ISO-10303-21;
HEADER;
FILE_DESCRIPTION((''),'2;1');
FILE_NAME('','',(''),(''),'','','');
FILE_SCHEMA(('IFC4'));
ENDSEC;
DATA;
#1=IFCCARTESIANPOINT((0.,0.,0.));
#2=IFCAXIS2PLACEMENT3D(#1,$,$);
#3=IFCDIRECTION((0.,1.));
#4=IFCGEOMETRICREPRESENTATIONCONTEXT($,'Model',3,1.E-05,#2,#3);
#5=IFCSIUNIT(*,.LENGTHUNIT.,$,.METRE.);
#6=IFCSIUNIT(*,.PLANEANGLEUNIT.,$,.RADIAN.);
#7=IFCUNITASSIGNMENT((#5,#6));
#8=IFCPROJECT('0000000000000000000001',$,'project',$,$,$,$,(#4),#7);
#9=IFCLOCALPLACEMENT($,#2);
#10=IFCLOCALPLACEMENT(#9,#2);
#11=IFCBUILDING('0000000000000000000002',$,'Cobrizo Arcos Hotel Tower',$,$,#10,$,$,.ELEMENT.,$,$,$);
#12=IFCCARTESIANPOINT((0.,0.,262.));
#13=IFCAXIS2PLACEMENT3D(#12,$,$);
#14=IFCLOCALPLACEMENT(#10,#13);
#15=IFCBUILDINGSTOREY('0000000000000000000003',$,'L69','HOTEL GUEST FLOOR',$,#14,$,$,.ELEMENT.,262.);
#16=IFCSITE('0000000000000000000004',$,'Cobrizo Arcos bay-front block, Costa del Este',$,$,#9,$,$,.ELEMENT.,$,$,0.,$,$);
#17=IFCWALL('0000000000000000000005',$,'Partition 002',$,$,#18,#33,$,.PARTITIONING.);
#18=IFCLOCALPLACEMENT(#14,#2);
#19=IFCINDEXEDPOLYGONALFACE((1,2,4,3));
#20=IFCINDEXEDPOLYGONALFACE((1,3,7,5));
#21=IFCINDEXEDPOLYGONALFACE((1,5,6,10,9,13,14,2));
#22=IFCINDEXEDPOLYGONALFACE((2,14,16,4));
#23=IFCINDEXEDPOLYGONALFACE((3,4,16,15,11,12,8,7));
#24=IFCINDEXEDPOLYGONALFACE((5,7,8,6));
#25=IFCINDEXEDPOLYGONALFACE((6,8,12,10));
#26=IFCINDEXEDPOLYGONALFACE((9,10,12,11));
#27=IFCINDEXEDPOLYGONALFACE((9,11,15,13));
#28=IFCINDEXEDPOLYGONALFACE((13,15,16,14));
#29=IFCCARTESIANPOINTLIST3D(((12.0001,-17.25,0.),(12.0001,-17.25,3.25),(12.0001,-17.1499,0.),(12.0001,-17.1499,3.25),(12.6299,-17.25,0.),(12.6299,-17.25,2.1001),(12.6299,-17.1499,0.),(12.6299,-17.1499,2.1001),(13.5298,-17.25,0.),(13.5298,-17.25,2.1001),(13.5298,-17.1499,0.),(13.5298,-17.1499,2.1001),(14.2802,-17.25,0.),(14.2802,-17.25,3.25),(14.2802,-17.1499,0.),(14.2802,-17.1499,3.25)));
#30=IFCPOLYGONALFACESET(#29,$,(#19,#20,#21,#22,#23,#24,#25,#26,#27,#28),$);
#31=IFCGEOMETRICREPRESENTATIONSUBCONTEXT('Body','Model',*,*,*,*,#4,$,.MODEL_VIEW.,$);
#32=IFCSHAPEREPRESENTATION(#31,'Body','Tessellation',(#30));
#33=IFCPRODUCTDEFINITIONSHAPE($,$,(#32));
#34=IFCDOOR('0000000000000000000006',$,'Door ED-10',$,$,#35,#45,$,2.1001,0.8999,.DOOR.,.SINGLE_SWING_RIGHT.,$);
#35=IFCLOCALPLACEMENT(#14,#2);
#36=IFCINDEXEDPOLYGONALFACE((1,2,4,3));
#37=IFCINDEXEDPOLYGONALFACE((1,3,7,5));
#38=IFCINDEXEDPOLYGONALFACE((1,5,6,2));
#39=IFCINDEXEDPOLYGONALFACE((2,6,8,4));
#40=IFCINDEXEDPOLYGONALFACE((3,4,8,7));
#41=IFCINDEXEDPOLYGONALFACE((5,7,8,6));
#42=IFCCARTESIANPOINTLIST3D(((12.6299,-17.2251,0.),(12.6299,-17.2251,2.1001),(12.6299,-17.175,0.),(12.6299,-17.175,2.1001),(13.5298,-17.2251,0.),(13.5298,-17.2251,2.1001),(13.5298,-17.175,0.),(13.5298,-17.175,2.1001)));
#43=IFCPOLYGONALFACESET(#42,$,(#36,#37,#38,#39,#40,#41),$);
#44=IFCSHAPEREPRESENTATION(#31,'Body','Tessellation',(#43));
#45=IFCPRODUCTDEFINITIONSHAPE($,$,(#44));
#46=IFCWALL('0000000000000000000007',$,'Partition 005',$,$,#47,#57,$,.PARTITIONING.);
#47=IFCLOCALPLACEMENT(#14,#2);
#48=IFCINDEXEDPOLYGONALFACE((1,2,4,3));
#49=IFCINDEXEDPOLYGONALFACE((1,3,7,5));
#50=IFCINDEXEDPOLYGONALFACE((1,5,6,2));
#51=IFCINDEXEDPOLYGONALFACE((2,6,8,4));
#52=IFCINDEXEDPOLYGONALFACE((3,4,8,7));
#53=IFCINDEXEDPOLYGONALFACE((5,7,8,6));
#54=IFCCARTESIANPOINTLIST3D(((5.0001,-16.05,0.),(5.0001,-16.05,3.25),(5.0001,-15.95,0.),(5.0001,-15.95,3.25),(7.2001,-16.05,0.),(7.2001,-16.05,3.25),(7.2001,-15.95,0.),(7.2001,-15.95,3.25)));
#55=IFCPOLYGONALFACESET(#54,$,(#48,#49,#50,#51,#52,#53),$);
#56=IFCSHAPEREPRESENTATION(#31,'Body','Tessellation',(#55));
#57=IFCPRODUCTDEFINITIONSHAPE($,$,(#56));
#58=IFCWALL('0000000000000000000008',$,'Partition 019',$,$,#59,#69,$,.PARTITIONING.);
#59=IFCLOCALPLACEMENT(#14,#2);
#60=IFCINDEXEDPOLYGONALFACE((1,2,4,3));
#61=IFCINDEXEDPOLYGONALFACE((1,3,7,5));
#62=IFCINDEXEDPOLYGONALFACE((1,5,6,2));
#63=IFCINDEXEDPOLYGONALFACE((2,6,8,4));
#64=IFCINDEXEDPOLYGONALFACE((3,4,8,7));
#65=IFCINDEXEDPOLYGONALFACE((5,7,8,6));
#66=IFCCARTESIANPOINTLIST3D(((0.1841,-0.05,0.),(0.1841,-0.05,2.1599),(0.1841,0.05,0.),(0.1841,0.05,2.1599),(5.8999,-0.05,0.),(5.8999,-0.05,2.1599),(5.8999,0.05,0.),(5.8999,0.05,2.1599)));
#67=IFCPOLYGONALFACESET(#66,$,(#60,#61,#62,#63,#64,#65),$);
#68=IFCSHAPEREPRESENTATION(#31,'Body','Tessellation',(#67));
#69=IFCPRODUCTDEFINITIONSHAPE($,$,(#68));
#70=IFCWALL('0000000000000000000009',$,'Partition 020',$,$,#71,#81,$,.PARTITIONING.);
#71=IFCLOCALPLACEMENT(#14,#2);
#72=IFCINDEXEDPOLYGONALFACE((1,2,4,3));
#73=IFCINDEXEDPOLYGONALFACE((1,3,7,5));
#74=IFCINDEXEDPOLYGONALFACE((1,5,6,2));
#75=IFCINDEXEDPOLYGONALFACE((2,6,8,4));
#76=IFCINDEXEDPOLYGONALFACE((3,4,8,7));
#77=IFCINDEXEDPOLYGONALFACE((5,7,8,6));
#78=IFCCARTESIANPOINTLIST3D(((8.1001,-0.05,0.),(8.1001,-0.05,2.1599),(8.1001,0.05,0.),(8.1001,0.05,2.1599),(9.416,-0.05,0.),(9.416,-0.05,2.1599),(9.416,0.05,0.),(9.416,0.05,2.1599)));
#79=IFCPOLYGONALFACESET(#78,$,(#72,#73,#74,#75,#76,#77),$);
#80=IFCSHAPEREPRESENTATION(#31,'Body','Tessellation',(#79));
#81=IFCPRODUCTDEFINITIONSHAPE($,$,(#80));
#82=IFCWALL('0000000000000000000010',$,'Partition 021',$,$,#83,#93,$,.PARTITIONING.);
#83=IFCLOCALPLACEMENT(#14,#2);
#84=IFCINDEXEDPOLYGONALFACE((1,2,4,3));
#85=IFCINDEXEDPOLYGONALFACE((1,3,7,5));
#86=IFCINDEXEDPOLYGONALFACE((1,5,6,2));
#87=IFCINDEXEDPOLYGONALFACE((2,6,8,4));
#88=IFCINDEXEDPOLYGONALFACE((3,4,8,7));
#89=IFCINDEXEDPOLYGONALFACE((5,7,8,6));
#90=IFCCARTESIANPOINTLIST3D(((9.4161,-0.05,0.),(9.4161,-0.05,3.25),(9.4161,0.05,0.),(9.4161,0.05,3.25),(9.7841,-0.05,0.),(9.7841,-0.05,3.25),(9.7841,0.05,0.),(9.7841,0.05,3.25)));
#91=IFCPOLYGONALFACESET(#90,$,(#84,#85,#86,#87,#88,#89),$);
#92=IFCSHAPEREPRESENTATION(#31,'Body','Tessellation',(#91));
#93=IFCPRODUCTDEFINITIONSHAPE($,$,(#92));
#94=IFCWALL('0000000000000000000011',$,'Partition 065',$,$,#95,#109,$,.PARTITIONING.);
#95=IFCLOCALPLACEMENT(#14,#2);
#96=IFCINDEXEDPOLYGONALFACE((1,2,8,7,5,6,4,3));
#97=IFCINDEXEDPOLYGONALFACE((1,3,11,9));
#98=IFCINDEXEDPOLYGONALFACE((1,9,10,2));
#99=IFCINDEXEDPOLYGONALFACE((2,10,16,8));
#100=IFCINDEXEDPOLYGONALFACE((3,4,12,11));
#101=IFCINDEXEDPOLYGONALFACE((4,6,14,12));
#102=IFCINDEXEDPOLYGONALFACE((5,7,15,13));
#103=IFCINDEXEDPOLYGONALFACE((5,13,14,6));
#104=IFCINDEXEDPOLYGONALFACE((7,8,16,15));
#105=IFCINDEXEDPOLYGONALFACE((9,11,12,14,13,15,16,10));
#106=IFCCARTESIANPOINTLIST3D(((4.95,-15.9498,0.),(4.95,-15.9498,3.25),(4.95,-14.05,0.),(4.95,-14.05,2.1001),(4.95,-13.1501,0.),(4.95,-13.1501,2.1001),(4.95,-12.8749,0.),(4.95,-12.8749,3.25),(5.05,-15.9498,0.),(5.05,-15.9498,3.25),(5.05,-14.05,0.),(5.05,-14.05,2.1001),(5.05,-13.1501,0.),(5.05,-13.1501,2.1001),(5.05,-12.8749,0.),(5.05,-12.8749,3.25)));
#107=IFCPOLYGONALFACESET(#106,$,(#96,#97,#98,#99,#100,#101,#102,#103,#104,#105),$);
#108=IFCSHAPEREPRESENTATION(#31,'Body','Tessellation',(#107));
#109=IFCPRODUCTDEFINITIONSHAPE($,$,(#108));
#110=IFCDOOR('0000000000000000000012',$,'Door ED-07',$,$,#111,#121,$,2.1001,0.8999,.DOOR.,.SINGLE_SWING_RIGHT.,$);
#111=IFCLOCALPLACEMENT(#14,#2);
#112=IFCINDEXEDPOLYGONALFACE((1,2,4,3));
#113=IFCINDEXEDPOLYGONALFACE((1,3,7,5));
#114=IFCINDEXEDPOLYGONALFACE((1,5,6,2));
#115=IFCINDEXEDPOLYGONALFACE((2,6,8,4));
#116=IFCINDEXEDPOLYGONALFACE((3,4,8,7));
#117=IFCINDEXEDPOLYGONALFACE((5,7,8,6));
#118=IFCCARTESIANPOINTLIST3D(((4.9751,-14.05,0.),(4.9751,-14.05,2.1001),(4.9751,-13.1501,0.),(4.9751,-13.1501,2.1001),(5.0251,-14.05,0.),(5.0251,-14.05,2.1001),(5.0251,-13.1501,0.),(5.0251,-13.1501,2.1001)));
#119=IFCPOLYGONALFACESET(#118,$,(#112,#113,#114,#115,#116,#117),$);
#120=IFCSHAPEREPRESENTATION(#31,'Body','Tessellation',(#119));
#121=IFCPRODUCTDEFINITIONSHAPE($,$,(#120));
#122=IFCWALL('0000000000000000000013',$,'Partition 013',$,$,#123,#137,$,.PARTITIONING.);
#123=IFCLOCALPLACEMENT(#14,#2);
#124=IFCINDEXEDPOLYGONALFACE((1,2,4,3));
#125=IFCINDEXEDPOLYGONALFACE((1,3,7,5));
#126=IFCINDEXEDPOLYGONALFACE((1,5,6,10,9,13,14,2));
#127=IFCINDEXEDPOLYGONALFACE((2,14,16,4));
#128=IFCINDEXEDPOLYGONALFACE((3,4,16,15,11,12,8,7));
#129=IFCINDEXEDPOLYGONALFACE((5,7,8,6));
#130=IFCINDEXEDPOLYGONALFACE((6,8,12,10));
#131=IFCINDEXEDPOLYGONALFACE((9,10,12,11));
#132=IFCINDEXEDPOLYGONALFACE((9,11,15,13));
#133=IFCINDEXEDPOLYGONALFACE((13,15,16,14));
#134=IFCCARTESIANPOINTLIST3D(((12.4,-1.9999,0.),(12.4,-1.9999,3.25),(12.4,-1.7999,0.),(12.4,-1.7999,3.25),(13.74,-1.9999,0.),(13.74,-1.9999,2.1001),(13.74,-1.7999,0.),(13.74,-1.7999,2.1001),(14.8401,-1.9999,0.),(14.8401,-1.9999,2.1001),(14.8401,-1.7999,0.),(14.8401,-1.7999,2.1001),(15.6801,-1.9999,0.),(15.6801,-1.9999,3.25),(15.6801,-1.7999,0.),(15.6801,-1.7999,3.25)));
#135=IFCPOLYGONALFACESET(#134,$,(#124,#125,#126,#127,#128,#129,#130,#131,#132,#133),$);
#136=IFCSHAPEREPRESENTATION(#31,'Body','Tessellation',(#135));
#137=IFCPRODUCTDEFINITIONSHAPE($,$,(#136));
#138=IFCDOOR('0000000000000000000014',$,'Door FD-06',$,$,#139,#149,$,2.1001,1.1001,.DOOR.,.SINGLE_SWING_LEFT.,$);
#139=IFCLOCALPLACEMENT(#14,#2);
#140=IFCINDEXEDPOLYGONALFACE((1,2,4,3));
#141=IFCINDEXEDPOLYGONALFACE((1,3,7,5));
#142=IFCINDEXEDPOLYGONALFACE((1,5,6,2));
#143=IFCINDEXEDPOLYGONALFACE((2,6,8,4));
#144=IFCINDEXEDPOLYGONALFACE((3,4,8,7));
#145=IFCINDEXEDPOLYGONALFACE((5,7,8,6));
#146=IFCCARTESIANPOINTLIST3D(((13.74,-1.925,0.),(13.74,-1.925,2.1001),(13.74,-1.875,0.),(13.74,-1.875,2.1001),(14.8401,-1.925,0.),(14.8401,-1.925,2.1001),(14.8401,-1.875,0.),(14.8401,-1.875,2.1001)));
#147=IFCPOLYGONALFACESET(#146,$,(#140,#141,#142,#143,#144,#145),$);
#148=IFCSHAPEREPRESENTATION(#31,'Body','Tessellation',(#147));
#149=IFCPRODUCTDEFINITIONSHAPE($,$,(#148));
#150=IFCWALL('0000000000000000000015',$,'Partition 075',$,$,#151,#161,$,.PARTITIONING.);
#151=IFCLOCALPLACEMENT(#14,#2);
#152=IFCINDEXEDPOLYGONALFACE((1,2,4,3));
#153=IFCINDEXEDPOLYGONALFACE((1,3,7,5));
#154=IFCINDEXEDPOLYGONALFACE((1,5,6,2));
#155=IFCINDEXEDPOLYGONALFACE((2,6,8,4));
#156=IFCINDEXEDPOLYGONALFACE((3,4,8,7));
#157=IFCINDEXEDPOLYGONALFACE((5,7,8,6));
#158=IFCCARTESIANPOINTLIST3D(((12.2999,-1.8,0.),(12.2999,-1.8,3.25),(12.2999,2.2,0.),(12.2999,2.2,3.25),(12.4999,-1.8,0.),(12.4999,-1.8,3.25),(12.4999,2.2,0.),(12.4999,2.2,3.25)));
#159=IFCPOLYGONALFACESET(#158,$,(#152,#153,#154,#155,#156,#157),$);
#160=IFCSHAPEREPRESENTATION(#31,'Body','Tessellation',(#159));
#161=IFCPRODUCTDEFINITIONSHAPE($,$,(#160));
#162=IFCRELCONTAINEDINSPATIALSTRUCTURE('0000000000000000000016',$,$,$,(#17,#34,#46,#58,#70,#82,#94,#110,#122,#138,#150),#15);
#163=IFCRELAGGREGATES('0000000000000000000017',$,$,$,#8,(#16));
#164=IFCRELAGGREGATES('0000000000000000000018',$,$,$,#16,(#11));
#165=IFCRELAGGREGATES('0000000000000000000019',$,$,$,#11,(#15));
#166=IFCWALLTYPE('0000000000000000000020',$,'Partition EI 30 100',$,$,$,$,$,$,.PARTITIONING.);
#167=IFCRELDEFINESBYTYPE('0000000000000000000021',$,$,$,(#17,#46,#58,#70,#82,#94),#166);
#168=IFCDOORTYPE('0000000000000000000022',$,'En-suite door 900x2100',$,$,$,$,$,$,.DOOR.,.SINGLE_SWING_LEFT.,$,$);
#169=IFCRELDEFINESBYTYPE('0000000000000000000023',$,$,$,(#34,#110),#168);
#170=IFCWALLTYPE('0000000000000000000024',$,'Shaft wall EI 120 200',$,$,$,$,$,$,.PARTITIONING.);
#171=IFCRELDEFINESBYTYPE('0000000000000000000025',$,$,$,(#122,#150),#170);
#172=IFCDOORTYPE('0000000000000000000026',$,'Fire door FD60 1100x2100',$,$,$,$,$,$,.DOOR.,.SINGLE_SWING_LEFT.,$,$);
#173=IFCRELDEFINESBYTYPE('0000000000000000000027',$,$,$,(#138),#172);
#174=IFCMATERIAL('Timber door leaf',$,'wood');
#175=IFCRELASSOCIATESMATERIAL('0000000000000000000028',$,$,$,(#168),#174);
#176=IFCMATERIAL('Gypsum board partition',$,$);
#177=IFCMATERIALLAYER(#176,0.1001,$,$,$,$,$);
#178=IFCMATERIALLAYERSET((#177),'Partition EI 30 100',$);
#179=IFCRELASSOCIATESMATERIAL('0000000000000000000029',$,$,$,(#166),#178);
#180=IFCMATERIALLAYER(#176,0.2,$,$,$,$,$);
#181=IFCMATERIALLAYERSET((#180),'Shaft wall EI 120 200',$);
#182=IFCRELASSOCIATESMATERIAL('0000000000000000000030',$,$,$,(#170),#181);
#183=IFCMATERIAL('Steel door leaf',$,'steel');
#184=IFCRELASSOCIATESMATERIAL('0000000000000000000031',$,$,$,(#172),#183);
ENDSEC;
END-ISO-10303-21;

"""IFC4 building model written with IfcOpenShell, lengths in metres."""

from ifc_helpers import new_model, si_unit, direction, frame, frame_2d, origin, place, context, subcontext, project, spatial, rectangle, extrude, material, layer, layer_set, type_object, element, fill, save


model = new_model("IFC4")

# Units and contexts
model_context = context("Model", 3, precision=1e-05, world=origin(), true_north=direction((0.0, 1.0)))
body_context = subcontext(model_context, "Body", "Model", "MODEL_VIEW")
ifc_project = project(units=[si_unit("LENGTHUNIT", "METRE"), si_unit("PLANEANGLEUNIT", "RADIAN")], contexts=[model_context])

# Site, building, storey
site_placement = place(None, origin())
site = spatial("IfcSite", under=ifc_project, at=site_placement, Name="Cobrizo Arcos bay-front block, Costa del Este", CompositionType="ELEMENT", RefElevation=0.0)
building_placement = place(site_placement, origin())
building = spatial("IfcBuilding", under=site, at=building_placement, Name="Cobrizo Arcos Hotel Tower", CompositionType="ELEMENT")
storey_placement = place(building_placement, frame((0.0, 0.0, 262.0)))
storey = spatial("IfcBuildingStorey", under=building, at=storey_placement, Name="L69", Description="HOTEL GUEST FLOOR", CompositionType="ELEMENT", Elevation=262.0)

# Shared definitions
ifc_material_1 = material(Name="Gypsum board partition")

# Shared definitions
ifc_material_2 = material(Name="Timber door leaf", Category="wood")
door_type_1 = type_object("IfcDoorType", Name="En-suite door 900x2100", OperationType="SINGLE_SWING_LEFT", PredefinedType="DOOR", material=ifc_material_2)

# Wall, opening, door
ifc_layer_1 = layer(ifc_material_1, 0.1001)
ifc_layer_set_1 = layer_set([ifc_layer_1], Name="Partition EI 30 100")
wall_type_1 = type_object("IfcWallType", Name="Partition EI 30 100", PredefinedType="PARTITIONING", material=ifc_layer_set_1)
wall_1_placement = place(storey_placement, frame((12.0, -17.2, 0.0), z_axis=(0.0, 0.0, 1.0), x_axis=(1.0, 0.0, 0.0)))
wall_1 = element("IfcWall", 1, at=wall_1_placement, inside=storey, type_object=wall_type_1, Name="Partition 002", PredefinedType="PARTITIONING", context=body_context, shape_type="SweptSolid", body=[
    extrude(rectangle(XDim=2.28, YDim=0.1001, at=frame_2d((1.1401, 0.0))), origin(), (0.0, 0.0, 1.0), 3.25),
])
opening_1_placement = place(wall_1_placement, frame((0.6299, 0.0, 0.0)))
opening_1 = element("IfcOpeningElement", 2, at=opening_1_placement, cuts=wall_1, PredefinedType="OPENING", context=body_context, shape_type="SweptSolid", body=[
    extrude(rectangle(XDim=0.8999, YDim=2.1001, at=frame_2d((0.45, 1.05))), frame((0.0, 0.062, 0.0), z_axis=(0.0, -1.0, 0.0), x_axis=(1.0, 0.0, 0.0)), (0.0, 0.0, 1.0), 0.124),
])
door_1_placement = place(opening_1_placement, origin())
door_1 = element("IfcDoor", 3, at=door_1_placement, inside=storey, type_object=door_type_1, Name="Door ED-10", OperationType="SINGLE_SWING_RIGHT", OverallHeight=2.1001, OverallWidth=0.8999, PredefinedType="DOOR", context=body_context, shape_type="SweptSolid", body=[
    extrude(rectangle(XDim=0.8999, YDim=2.1001, at=frame_2d((0.45, 1.05))), frame((0.0, 0.0249, 0.0), z_axis=(0.0, -1.0, 0.0), x_axis=(1.0, 0.0, 0.0)), (0.0, 0.0, 1.0), 0.05),
])
fill(opening_1, door_1)

# Walls
wall_2_placement = place(storey_placement, frame((5.0, -16.0, 0.0), z_axis=(0.0, 0.0, 1.0), x_axis=(1.0, 0.0, 0.0)))
element("IfcWall", 4, at=wall_2_placement, inside=storey, type_object=wall_type_1, Name="Partition 005", PredefinedType="PARTITIONING", context=body_context, shape_type="SweptSolid", body=[
    extrude(rectangle(XDim=2.2, YDim=0.1001, at=frame_2d((1.1001, 0.0))), origin(), (0.0, 0.0, 1.0), 3.25),
])
wall_3_placement = place(storey_placement, frame((0.1841, 0.0, 0.0), z_axis=(0.0, 0.0, 1.0), x_axis=(1.0, 0.0, 0.0)))
element("IfcWall", 5, at=wall_3_placement, inside=storey, type_object=wall_type_1, Name="Partition 019", PredefinedType="PARTITIONING", context=body_context, shape_type="SweptSolid", body=[
    extrude(rectangle(XDim=5.7158, YDim=0.1001, at=frame_2d((2.8579, 0.0))), origin(), (0.0, 0.0, 1.0), 2.1599),
])
wall_4_placement = place(storey_placement, frame((8.1001, 0.0, 0.0), z_axis=(0.0, 0.0, 1.0), x_axis=(1.0, 0.0, 0.0)))
element("IfcWall", 6, at=wall_4_placement, inside=storey, type_object=wall_type_1, Name="Partition 020", PredefinedType="PARTITIONING", context=body_context, shape_type="SweptSolid", body=[
    extrude(rectangle(XDim=1.3159, YDim=0.1001, at=frame_2d((0.658, 0.0))), origin(), (0.0, 0.0, 1.0), 2.1599),
])
wall_5_placement = place(storey_placement, frame((9.416, 0.0, 0.0), z_axis=(0.0, 0.0, 1.0), x_axis=(1.0, 0.0, 0.0)))
element("IfcWall", 7, at=wall_5_placement, inside=storey, type_object=wall_type_1, Name="Partition 021", PredefinedType="PARTITIONING", context=body_context, shape_type="SweptSolid", body=[
    extrude(rectangle(XDim=0.3679, YDim=0.1001, at=frame_2d((0.1841, 0.0))), origin(), (0.0, 0.0, 1.0), 3.25),
])

# Walls, openings, doors
wall_6_placement = place(storey_placement, frame((5.0, -15.95, 0.0), z_axis=(0.0, 0.0, 1.0), x_axis=(0.0, 1.0, 0.0)))
wall_6 = element("IfcWall", 8, at=wall_6_placement, inside=storey, type_object=wall_type_1, Name="Partition 065", PredefinedType="PARTITIONING", context=body_context, shape_type="SweptSolid", body=[
    extrude(rectangle(XDim=3.075, YDim=0.1001, at=frame_2d((1.5376, 0.0))), origin(), (0.0, 0.0, 1.0), 3.25),
])
opening_2_placement = place(wall_6_placement, frame((1.8999, 0.0, 0.0)))
opening_2 = element("IfcOpeningElement", 9, at=opening_2_placement, cuts=wall_6, PredefinedType="OPENING", context=body_context, shape_type="SweptSolid", body=[
    extrude(rectangle(XDim=0.8999, YDim=2.1001, at=frame_2d((0.45, 1.05))), frame((0.0, 0.062, 0.0), z_axis=(0.0, -1.0, 0.0), x_axis=(1.0, 0.0, 0.0)), (0.0, 0.0, 1.0), 0.124),
])
door_2_placement = place(opening_2_placement, origin())
door_2 = element("IfcDoor", 10, at=door_2_placement, inside=storey, type_object=door_type_1, Name="Door ED-07", OperationType="SINGLE_SWING_RIGHT", OverallHeight=2.1001, OverallWidth=0.8999, PredefinedType="DOOR", context=body_context, shape_type="SweptSolid", body=[
    extrude(rectangle(XDim=0.8999, YDim=2.1001, at=frame_2d((0.45, 1.05))), frame((0.0, 0.0249, 0.0), z_axis=(0.0, -1.0, 0.0), x_axis=(1.0, 0.0, 0.0)), (0.0, 0.0, 1.0), 0.05),
])
fill(opening_2, door_2)
ifc_layer_2 = layer(ifc_material_1, 0.2)
ifc_layer_set_2 = layer_set([ifc_layer_2], Name="Shaft wall EI 120 200")
wall_type_2 = type_object("IfcWallType", Name="Shaft wall EI 120 200", PredefinedType="PARTITIONING", material=ifc_layer_set_2)
wall_7_placement = place(storey_placement, frame((12.3999, -1.8999, 0.0), z_axis=(0.0, 0.0, 1.0), x_axis=(1.0, 0.0, 0.0)))
wall_7 = element("IfcWall", 11, at=wall_7_placement, inside=storey, type_object=wall_type_2, Name="Partition 013", PredefinedType="PARTITIONING", context=body_context, shape_type="SweptSolid", body=[
    extrude(rectangle(XDim=3.28, YDim=0.2, at=frame_2d((1.6401, 0.0))), origin(), (0.0, 0.0, 1.0), 3.25),
])
opening_3_placement = place(wall_7_placement, frame((1.3401, 0.0, 0.0)))
opening_3 = element("IfcOpeningElement", 12, at=opening_3_placement, cuts=wall_7, PredefinedType="OPENING", context=body_context, shape_type="SweptSolid", body=[
    extrude(rectangle(XDim=1.1001, YDim=2.1001, at=frame_2d((0.55, 1.05))), frame((0.0, 0.1121, 0.0), z_axis=(0.0, -1.0, 0.0), x_axis=(1.0, 0.0, 0.0)), (0.0, 0.0, 1.0), 0.2239),
])
ifc_material_3 = material(Name="Steel door leaf", Category="steel")
door_type_2 = type_object("IfcDoorType", Name="Fire door FD60 1100x2100", OperationType="SINGLE_SWING_LEFT", PredefinedType="DOOR", material=ifc_material_3)
door_3_placement = place(opening_3_placement, origin())
door_3 = element("IfcDoor", 13, at=door_3_placement, inside=storey, type_object=door_type_2, Name="Door FD-06", OperationType="SINGLE_SWING_LEFT", OverallHeight=2.1001, OverallWidth=1.1001, PredefinedType="DOOR", context=body_context, shape_type="SweptSolid", body=[
    extrude(rectangle(XDim=1.1001, YDim=2.1001, at=frame_2d((0.55, 1.05))), frame((0.0, 0.0249, 0.0), z_axis=(0.0, -1.0, 0.0), x_axis=(1.0, 0.0, 0.0)), (0.0, 0.0, 1.0), 0.05),
])
fill(opening_3, door_3)

# Wall
wall_8_placement = place(storey_placement, frame((12.3999, -1.8, 0.0), z_axis=(0.0, 0.0, 1.0), x_axis=(0.0, 1.0, 0.0)))
element("IfcWall", 14, at=wall_8_placement, inside=storey, type_object=wall_type_2, Name="Partition 075", PredefinedType="PARTITIONING", context=body_context, shape_type="SweptSolid", body=[
    extrude(rectangle(XDim=4.0, YDim=0.2, at=frame_2d((2.0, 0.0))), origin(), (0.0, 0.0, 1.0), 3.25),
])

save(model, "model.ifc")
